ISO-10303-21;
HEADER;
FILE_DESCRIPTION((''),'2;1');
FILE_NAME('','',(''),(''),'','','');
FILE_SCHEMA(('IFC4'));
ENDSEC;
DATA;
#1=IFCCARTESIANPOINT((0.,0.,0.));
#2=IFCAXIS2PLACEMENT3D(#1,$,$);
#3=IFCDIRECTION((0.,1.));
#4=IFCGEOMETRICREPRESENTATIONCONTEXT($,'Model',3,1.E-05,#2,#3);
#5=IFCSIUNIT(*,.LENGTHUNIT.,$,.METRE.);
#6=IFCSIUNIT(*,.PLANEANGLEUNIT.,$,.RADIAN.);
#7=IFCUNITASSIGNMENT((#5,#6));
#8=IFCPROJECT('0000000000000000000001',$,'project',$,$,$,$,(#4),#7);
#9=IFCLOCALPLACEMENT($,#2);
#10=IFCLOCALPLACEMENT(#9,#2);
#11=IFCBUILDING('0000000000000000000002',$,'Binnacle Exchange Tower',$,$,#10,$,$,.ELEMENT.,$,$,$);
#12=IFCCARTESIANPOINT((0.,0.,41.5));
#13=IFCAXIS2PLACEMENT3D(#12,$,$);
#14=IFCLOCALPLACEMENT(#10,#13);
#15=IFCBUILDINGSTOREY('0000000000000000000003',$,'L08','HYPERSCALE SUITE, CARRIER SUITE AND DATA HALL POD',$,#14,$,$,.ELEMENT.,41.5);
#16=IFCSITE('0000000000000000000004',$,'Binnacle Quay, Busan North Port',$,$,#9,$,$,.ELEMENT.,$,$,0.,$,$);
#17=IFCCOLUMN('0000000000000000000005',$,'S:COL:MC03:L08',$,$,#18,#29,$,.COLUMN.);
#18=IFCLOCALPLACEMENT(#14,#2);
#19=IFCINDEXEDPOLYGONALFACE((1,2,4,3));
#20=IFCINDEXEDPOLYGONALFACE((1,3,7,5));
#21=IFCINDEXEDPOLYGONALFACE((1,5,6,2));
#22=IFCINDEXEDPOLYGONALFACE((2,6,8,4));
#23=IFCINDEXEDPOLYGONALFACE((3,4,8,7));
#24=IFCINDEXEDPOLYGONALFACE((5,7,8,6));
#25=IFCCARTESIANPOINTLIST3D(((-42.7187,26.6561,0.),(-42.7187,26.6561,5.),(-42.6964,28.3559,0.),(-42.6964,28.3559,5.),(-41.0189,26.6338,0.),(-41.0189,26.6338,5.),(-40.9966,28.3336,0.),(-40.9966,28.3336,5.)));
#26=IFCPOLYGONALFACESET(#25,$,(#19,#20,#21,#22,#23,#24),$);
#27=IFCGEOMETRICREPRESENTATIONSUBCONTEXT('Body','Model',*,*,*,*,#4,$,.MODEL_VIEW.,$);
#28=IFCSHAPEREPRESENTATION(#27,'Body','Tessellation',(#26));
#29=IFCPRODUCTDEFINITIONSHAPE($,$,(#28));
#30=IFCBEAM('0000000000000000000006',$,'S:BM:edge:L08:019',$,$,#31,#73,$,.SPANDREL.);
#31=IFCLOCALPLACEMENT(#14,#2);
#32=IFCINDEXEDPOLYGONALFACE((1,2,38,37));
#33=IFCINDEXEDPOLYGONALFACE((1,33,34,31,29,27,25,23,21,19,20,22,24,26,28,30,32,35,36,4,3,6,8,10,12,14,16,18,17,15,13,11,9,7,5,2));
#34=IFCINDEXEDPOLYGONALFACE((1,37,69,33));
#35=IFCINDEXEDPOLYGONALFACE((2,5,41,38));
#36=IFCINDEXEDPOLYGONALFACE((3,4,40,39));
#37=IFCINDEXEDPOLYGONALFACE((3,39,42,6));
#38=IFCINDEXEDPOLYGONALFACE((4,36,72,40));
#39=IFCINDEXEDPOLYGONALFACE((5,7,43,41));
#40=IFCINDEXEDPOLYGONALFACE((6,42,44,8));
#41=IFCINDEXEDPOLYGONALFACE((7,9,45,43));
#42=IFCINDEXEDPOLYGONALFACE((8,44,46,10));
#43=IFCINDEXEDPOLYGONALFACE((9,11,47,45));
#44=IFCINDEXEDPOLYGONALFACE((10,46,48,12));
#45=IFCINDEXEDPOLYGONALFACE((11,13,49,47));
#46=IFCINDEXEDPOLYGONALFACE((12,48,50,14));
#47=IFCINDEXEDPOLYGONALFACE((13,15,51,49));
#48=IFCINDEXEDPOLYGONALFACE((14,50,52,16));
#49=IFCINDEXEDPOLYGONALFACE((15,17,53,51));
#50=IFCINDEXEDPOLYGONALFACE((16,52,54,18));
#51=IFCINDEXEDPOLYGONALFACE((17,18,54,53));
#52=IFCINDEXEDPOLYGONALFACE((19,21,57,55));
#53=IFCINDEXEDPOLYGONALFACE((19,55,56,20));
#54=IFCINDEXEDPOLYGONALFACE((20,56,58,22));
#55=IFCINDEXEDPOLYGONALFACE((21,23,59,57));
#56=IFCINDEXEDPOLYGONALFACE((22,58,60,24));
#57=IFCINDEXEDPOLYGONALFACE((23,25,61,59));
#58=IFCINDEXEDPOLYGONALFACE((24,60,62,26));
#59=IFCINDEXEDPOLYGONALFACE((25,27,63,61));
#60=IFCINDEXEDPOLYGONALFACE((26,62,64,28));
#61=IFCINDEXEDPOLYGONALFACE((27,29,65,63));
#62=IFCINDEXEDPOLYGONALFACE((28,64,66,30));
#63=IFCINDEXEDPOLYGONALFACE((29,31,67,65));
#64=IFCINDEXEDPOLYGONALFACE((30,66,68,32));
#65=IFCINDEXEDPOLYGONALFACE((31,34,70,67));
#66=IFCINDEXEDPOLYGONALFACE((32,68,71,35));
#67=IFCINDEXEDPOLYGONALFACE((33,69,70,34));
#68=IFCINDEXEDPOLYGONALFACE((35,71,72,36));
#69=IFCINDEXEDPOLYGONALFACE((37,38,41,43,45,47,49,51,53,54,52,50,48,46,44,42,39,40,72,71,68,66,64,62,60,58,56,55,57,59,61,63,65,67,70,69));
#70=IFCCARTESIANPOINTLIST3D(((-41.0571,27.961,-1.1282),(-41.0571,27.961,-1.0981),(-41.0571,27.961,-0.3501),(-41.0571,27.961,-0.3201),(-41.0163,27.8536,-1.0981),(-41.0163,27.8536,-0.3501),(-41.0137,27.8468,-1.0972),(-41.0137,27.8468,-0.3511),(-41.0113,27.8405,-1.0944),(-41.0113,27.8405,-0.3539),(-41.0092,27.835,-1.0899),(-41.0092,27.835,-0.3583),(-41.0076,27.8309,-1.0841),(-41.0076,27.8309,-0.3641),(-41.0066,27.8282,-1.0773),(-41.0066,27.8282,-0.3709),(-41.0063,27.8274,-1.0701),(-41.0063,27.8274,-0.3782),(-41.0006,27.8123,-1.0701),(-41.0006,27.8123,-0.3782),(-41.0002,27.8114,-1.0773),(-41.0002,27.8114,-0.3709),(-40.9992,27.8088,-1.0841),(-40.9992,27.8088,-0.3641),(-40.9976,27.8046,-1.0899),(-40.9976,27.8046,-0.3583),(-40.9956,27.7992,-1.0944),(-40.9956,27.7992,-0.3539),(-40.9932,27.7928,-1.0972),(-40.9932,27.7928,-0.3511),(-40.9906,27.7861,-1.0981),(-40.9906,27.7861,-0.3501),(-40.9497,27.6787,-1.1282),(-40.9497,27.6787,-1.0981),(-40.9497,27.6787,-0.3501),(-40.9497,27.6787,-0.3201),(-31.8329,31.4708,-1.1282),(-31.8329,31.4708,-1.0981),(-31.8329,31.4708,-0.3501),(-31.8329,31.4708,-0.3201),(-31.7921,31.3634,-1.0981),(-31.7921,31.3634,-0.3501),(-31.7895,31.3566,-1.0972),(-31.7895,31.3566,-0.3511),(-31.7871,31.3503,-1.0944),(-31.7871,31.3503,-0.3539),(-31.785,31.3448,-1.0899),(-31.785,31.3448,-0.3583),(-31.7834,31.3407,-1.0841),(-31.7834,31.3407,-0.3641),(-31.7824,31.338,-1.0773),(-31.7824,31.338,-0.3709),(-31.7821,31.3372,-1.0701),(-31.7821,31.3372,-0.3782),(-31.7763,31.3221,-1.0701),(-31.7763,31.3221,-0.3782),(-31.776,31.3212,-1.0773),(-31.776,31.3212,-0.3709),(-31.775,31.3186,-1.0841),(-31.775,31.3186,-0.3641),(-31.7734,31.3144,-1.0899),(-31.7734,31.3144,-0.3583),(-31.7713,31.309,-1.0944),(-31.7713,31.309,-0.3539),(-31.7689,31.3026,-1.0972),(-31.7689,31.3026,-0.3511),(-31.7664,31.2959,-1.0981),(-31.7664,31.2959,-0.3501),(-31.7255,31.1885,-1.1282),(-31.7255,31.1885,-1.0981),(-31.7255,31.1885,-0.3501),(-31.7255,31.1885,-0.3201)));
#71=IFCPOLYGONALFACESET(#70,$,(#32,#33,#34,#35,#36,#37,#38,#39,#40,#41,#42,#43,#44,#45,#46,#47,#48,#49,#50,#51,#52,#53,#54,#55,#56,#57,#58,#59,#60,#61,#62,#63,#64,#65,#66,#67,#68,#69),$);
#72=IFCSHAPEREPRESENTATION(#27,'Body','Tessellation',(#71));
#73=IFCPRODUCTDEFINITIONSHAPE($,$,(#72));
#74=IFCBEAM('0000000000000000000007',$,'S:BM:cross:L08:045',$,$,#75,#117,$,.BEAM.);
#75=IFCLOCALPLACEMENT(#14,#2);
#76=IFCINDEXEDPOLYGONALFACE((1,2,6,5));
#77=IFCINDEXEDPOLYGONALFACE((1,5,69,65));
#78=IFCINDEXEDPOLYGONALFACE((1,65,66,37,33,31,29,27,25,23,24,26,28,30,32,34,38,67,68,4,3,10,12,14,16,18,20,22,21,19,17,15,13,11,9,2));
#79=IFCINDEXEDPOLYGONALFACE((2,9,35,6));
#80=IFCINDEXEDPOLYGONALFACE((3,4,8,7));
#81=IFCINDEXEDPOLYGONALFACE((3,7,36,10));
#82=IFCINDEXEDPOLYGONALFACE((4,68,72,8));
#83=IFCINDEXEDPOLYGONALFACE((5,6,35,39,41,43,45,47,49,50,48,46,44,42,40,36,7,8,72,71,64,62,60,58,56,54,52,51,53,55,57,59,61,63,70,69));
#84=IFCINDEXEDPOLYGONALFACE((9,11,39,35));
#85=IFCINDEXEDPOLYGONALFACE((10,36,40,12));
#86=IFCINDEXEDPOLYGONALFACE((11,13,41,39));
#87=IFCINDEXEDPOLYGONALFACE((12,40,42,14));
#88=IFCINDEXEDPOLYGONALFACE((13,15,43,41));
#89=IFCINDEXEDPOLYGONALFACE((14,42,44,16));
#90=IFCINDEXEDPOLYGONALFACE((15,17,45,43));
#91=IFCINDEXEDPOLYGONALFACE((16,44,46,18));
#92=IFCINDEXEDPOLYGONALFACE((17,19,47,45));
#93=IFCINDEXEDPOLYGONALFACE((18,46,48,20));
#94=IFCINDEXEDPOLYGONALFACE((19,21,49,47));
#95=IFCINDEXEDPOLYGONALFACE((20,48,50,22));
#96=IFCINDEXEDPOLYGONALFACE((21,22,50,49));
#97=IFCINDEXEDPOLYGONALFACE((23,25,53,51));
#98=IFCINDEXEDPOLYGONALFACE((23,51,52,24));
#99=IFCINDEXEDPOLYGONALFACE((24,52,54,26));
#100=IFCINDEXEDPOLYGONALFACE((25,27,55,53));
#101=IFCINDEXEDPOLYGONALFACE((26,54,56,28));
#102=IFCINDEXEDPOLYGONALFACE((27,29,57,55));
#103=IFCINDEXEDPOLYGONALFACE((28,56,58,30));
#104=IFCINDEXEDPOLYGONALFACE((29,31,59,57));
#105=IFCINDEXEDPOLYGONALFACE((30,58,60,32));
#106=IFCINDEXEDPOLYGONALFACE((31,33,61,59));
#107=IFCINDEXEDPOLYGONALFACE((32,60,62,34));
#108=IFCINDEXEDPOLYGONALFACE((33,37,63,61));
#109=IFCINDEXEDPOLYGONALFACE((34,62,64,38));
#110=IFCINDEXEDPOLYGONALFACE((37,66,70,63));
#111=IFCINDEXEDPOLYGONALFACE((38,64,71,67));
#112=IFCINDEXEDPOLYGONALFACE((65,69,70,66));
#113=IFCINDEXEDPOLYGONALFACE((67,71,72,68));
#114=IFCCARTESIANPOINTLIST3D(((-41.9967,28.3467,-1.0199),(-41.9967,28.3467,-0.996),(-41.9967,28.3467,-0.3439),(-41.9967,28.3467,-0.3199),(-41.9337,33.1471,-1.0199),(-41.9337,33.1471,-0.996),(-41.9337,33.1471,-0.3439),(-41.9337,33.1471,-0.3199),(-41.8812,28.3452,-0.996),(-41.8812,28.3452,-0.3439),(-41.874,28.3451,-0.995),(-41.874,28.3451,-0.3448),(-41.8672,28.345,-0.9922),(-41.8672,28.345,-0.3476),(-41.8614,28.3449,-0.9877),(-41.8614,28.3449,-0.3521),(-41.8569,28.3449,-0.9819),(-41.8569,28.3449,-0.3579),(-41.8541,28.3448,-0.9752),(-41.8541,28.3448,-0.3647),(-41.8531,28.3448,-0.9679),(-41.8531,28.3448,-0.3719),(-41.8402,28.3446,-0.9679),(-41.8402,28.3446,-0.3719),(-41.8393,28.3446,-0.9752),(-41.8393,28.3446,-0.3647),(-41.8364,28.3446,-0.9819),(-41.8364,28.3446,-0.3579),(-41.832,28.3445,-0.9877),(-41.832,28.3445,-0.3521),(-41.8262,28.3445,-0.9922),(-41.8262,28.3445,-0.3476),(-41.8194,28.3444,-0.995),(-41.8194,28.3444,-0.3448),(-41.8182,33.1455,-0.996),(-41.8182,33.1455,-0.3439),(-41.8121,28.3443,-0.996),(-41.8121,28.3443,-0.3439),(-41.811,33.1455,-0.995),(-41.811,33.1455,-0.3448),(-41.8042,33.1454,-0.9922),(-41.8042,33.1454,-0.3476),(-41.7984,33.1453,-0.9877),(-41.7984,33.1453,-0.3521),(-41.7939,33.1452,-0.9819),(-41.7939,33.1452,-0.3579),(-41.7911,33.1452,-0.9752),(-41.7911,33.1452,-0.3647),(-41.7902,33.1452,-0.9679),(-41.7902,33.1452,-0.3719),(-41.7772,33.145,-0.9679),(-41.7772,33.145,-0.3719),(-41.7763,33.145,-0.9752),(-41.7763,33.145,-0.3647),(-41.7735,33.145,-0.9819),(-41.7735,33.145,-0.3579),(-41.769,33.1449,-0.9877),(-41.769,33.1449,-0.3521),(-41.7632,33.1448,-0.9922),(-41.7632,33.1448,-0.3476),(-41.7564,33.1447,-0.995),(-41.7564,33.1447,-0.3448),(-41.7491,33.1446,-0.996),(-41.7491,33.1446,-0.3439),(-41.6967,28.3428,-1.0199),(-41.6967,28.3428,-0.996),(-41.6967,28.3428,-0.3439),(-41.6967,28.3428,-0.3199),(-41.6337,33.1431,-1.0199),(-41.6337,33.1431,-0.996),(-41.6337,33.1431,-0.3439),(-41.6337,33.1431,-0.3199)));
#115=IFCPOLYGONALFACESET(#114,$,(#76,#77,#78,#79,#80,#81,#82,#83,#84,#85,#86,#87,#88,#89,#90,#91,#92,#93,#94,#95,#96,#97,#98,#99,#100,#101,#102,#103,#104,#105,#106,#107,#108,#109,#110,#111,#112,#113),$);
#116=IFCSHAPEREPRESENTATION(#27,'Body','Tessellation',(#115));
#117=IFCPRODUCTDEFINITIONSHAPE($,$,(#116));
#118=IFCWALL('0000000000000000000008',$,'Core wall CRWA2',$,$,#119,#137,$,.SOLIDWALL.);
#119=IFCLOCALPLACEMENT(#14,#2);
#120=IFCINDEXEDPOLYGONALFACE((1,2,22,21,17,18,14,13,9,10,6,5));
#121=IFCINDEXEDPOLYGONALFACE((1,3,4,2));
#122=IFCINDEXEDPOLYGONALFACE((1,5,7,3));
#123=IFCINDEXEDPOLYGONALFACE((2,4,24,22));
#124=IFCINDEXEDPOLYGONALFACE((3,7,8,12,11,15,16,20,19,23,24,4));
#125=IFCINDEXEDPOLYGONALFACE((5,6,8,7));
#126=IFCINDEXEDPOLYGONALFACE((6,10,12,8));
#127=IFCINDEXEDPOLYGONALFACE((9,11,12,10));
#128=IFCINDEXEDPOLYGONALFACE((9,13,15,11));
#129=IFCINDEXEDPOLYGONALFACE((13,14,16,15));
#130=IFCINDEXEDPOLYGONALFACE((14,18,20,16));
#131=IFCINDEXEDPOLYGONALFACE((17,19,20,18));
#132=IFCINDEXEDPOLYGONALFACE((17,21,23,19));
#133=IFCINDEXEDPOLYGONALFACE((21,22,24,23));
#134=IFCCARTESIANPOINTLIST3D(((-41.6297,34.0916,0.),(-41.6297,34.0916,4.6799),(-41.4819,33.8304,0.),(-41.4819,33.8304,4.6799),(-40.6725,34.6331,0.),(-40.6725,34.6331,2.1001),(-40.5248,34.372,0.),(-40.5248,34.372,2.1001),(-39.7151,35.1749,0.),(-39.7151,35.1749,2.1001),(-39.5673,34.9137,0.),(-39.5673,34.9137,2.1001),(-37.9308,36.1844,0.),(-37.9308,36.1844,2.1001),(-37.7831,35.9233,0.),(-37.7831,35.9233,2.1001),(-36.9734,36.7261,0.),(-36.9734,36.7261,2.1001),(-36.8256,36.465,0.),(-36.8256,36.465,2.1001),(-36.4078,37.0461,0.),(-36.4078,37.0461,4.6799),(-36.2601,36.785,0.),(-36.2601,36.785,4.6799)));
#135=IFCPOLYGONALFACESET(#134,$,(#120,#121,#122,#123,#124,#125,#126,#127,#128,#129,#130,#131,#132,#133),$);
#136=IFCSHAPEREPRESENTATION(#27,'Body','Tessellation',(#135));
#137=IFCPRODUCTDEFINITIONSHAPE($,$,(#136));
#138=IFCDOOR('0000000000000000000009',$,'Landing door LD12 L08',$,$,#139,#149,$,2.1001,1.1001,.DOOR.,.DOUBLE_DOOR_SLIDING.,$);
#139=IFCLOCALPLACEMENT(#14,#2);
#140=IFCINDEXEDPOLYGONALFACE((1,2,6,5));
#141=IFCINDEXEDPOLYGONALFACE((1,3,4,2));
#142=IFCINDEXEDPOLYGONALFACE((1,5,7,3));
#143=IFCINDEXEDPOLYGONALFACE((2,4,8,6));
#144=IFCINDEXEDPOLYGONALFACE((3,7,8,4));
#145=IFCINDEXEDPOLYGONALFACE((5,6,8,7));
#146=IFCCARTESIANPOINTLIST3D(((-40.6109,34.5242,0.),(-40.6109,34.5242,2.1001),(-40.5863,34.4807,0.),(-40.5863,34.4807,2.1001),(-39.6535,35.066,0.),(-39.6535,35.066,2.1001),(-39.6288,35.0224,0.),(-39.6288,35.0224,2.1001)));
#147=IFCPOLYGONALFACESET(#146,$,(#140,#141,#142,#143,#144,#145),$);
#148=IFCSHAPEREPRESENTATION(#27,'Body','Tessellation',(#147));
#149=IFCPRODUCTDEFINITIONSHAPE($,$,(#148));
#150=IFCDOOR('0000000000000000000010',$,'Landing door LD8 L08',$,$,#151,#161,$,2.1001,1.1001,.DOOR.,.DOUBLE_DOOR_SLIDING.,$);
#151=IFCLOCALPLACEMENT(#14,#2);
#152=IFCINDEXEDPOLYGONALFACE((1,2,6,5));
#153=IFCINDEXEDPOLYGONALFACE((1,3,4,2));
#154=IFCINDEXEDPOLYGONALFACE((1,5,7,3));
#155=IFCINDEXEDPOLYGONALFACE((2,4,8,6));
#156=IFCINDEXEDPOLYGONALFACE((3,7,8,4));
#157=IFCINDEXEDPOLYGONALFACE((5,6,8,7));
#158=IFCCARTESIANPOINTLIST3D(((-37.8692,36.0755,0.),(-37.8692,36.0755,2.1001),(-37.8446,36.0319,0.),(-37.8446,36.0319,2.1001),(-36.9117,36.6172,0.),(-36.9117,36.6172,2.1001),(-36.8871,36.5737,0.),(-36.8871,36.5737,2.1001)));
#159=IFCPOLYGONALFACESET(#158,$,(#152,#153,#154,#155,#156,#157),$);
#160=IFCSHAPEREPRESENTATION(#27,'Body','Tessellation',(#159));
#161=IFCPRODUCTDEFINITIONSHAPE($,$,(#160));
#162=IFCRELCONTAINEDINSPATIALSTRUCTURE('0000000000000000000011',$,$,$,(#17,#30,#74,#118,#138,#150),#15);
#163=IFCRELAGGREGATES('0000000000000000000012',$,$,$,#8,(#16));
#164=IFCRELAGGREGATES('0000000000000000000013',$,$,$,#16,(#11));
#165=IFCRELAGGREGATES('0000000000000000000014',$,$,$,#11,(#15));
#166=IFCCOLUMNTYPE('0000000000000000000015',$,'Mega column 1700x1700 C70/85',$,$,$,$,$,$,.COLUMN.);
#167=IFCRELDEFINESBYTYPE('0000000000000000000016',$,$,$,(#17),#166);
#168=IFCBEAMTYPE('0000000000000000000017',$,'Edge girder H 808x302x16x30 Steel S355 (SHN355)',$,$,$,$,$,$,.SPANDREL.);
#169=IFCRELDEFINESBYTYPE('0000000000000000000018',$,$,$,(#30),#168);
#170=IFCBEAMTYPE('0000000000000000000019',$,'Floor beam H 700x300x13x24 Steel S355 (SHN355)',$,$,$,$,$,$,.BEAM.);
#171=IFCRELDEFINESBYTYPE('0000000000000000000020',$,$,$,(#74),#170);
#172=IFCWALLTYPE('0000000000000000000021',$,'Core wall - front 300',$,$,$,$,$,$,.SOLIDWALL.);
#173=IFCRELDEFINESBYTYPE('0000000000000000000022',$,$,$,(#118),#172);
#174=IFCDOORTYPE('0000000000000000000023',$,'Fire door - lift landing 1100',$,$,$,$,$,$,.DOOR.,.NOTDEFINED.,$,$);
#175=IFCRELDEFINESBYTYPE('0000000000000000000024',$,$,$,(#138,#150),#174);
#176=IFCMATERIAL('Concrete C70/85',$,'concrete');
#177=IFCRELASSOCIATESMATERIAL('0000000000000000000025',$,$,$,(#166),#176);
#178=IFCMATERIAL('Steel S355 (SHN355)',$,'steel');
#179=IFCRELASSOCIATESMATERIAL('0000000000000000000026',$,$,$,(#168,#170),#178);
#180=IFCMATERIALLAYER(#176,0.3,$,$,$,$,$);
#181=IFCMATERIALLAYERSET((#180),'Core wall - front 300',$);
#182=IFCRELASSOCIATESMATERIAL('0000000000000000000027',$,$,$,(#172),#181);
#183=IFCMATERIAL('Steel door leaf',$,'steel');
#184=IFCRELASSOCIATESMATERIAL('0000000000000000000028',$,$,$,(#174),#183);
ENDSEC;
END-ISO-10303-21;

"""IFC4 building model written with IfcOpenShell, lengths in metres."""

from ifc_helpers import new_model, si_unit, direction, frame, frame_2d, origin, origin_2d, place, context, subcontext, project, spatial, rectangle, i_section, extrude, material, layer, layer_set, material_profile, profile_set, type_object, element, fill, save


model = new_model("IFC4")

# Units and contexts
model_context = context("Model", 3, precision=1e-05, world=origin(), true_north=direction((0.0, 1.0)))
body_context = subcontext(model_context, "Body", "Model", "MODEL_VIEW")
ifc_project = project(units=[si_unit("LENGTHUNIT", "METRE"), si_unit("PLANEANGLEUNIT", "RADIAN")], contexts=[model_context])

# Site, building, storey
site_placement = place(None, origin())
site = spatial("IfcSite", under=ifc_project, at=site_placement, Name="Binnacle Quay, Busan North Port", CompositionType="ELEMENT", RefElevation=0.0)
building_placement = place(site_placement, origin())
building = spatial("IfcBuilding", under=site, at=building_placement, Name="Binnacle Exchange Tower", CompositionType="ELEMENT")
storey_placement = place(building_placement, frame((0.0, 0.0, 41.5)))
storey = spatial("IfcBuildingStorey", under=building, at=storey_placement, Name="L08", Description="HYPERSCALE SUITE, CARRIER SUITE AND DATA HALL POD", CompositionType="ELEMENT", Elevation=41.5)

# Column
ifc_material_1 = material(Name="Concrete C70/85", Category="concrete")
ifc_material_profile_1 = material_profile(ifc_material_1, rectangle(XDim=1.7, YDim=1.7, at=origin_2d()), Name="Mega column 1700x1700 C70/85")
ifc_profile_set_1 = profile_set([ifc_material_profile_1], Name="Concrete C70/85")
column_type = type_object("IfcColumnType", Name="Mega column 1700x1700 C70/85", PredefinedType="COLUMN", material=ifc_profile_set_1)
column_placement = place(storey_placement, frame((-41.8577, 27.4949, 0.0), z_axis=(0.0, 0.0, 1.0), x_axis=(0.999914, -0.01309, 0.0)))
element("IfcColumn", 1, at=column_placement, inside=storey, type_object=column_type, Name="S:COL:MC03:L08", PredefinedType="COLUMN", context=body_context, shape_type="SweptSolid", body=[
    extrude(rectangle(XDim=1.7, YDim=1.7, at=origin_2d()), origin(), (0.0, 0.0, 1.0), 5.0),
])

# Beams
ifc_material_2 = material(Name="Steel S355 (SHN355)", Category="steel")
ifc_material_profile_2 = material_profile(ifc_material_2, i_section(OverallWidth=0.302, OverallDepth=0.8081, WebThickness=0.0161, FlangeThickness=0.03, FilletRadius=0.0281, at=origin_2d()), Name="H 808x302x16x30")
ifc_profile_set_2 = profile_set([ifc_material_profile_2], Name="Steel S355 (SHN355)")
beam_type_1 = type_object("IfcBeamType", Name="Edge girder H 808x302x16x30 Steel S355 (SHN355)", PredefinedType="SPANDREL", material=ifc_profile_set_2)
beam_1_placement = place(storey_placement, frame((-41.0034, 27.8198, -0.7241), z_axis=(0.934629, 0.355625, 0.0), x_axis=(-0.355625, 0.934629, 0.0)))
element("IfcBeam", 2, at=beam_1_placement, inside=storey, type_object=beam_type_1, Name="S:BM:edge:L08:019", PredefinedType="SPANDREL", context=body_context, shape_type="SweptSolid", body=[
    extrude(i_section(OverallWidth=0.302, OverallDepth=0.8081, WebThickness=0.0161, FlangeThickness=0.03, FilletRadius=0.0281, at=origin_2d()), origin(), (0.0, 0.0, 1.0), 9.8694),
])
ifc_material_profile_3 = material_profile(ifc_material_2, i_section(OverallWidth=0.3, OverallDepth=0.7, WebThickness=0.0129, FlangeThickness=0.0239, FilletRadius=0.0281, at=origin_2d()), Name="H 700x300x13x24")
ifc_profile_set_3 = profile_set([ifc_material_profile_3], Name="Steel S355 (SHN355)")
beam_type_2 = type_object("IfcBeamType", Name="Floor beam H 700x300x13x24 Steel S355 (SHN355)", PredefinedType="BEAM", material=ifc_profile_set_3)
beam_2_placement = place(storey_placement, frame((-41.8467, 28.3447, -0.6699), z_axis=(0.013121, 0.999914, 0.0), x_axis=(-0.999914, 0.013121, 0.0)))
element("IfcBeam", 3, at=beam_2_placement, inside=storey, type_object=beam_type_2, Name="S:BM:cross:L08:045", PredefinedType="BEAM", context=body_context, shape_type="SweptSolid", body=[
    extrude(i_section(OverallWidth=0.3, OverallDepth=0.7, WebThickness=0.0129, FlangeThickness=0.0239, FilletRadius=0.0281, at=origin_2d()), origin(), (0.0, 0.0, 1.0), 4.8008),
])

# Wall, openings, doors
ifc_layer_1 = layer(ifc_material_1, 0.3)
ifc_layer_set_1 = layer_set([ifc_layer_1], Name="Core wall - front 300")
wall_type_1 = type_object("IfcWallType", Name="Core wall - front 300", PredefinedType="SOLIDWALL", material=ifc_layer_set_1)
wall_1_placement = place(storey_placement, frame((-41.5559, 33.9609, 0.0), z_axis=(0.0, 0.0, 1.0), x_axis=(0.870344, 0.492445, 0.0)))
wall_1 = element("IfcWall", 4, at=wall_1_placement, inside=storey, type_object=wall_type_1, Name="Core wall CRWA2", PredefinedType="SOLIDWALL", context=body_context, shape_type="SweptSolid", body=[
    extrude(rectangle(XDim=5.9998, YDim=0.3, at=frame_2d((3.0, 0.0))), origin(), (0.0, 0.0, 1.0), 4.6799),
])
opening_1_placement = place(wall_1_placement, frame((1.0999, 0.0, 0.0)))
opening_1 = element("IfcOpeningElement", 5, at=opening_1_placement, cuts=wall_1, PredefinedType="OPENING", context=body_context, shape_type="SweptSolid", body=[
    extrude(rectangle(XDim=1.1001, YDim=2.1001, at=frame_2d((0.55, 1.05))), frame((0.0, 0.1599, 0.0), z_axis=(0.0, -1.0, 0.0), x_axis=(1.0, 0.0, 0.0)), (0.0, 0.0, 1.0), 0.3201),
])
opening_2_placement = place(wall_1_placement, frame((4.25, 0.0, 0.0)))
opening_2 = element("IfcOpeningElement", 6, at=opening_2_placement, cuts=wall_1, PredefinedType="OPENING", context=body_context, shape_type="SweptSolid", body=[
    extrude(rectangle(XDim=1.1001, YDim=2.1001, at=frame_2d((0.55, 1.05))), frame((0.0, 0.1599, 0.0), z_axis=(0.0, -1.0, 0.0), x_axis=(1.0, 0.0, 0.0)), (0.0, 0.0, 1.0), 0.3201),
])
ifc_material_3 = material(Name="Steel door leaf", Category="steel")
door_type_1 = type_object("IfcDoorType", Name="Fire door - lift landing 1100", OperationType="NOTDEFINED", PredefinedType="DOOR", material=ifc_material_3)
door_1_placement = place(opening_1_placement, origin())
door_1 = element("IfcDoor", 7, at=door_1_placement, inside=storey, type_object=door_type_1, Name="Landing door LD12 L08", OperationType="DOUBLE_DOOR_SLIDING", OverallHeight=2.1001, OverallWidth=1.1001, PredefinedType="DOOR", context=body_context, shape_type="SweptSolid", body=[
    extrude(rectangle(XDim=1.1001, YDim=2.1001, at=frame_2d((0.55, 1.05))), frame((0.0, 0.0249, 0.0), z_axis=(0.0, -1.0, 0.0), x_axis=(1.0, 0.0, 0.0)), (0.0, 0.0, 1.0), 0.05),
])
fill(opening_1, door_1)
door_2_placement = place(opening_2_placement, origin())
door_2 = element("IfcDoor", 8, at=door_2_placement, inside=storey, type_object=door_type_1, Name="Landing door LD8 L08", OperationType="DOUBLE_DOOR_SLIDING", OverallHeight=2.1001, OverallWidth=1.1001, PredefinedType="DOOR", context=body_context, shape_type="SweptSolid", body=[
    extrude(rectangle(XDim=1.1001, YDim=2.1001, at=frame_2d((0.55, 1.05))), frame((0.0, 0.0249, 0.0), z_axis=(0.0, -1.0, 0.0), x_axis=(1.0, 0.0, 0.0)), (0.0, 0.0, 1.0), 0.05),
])
fill(opening_2, door_2)

save(model, "model.ifc")
